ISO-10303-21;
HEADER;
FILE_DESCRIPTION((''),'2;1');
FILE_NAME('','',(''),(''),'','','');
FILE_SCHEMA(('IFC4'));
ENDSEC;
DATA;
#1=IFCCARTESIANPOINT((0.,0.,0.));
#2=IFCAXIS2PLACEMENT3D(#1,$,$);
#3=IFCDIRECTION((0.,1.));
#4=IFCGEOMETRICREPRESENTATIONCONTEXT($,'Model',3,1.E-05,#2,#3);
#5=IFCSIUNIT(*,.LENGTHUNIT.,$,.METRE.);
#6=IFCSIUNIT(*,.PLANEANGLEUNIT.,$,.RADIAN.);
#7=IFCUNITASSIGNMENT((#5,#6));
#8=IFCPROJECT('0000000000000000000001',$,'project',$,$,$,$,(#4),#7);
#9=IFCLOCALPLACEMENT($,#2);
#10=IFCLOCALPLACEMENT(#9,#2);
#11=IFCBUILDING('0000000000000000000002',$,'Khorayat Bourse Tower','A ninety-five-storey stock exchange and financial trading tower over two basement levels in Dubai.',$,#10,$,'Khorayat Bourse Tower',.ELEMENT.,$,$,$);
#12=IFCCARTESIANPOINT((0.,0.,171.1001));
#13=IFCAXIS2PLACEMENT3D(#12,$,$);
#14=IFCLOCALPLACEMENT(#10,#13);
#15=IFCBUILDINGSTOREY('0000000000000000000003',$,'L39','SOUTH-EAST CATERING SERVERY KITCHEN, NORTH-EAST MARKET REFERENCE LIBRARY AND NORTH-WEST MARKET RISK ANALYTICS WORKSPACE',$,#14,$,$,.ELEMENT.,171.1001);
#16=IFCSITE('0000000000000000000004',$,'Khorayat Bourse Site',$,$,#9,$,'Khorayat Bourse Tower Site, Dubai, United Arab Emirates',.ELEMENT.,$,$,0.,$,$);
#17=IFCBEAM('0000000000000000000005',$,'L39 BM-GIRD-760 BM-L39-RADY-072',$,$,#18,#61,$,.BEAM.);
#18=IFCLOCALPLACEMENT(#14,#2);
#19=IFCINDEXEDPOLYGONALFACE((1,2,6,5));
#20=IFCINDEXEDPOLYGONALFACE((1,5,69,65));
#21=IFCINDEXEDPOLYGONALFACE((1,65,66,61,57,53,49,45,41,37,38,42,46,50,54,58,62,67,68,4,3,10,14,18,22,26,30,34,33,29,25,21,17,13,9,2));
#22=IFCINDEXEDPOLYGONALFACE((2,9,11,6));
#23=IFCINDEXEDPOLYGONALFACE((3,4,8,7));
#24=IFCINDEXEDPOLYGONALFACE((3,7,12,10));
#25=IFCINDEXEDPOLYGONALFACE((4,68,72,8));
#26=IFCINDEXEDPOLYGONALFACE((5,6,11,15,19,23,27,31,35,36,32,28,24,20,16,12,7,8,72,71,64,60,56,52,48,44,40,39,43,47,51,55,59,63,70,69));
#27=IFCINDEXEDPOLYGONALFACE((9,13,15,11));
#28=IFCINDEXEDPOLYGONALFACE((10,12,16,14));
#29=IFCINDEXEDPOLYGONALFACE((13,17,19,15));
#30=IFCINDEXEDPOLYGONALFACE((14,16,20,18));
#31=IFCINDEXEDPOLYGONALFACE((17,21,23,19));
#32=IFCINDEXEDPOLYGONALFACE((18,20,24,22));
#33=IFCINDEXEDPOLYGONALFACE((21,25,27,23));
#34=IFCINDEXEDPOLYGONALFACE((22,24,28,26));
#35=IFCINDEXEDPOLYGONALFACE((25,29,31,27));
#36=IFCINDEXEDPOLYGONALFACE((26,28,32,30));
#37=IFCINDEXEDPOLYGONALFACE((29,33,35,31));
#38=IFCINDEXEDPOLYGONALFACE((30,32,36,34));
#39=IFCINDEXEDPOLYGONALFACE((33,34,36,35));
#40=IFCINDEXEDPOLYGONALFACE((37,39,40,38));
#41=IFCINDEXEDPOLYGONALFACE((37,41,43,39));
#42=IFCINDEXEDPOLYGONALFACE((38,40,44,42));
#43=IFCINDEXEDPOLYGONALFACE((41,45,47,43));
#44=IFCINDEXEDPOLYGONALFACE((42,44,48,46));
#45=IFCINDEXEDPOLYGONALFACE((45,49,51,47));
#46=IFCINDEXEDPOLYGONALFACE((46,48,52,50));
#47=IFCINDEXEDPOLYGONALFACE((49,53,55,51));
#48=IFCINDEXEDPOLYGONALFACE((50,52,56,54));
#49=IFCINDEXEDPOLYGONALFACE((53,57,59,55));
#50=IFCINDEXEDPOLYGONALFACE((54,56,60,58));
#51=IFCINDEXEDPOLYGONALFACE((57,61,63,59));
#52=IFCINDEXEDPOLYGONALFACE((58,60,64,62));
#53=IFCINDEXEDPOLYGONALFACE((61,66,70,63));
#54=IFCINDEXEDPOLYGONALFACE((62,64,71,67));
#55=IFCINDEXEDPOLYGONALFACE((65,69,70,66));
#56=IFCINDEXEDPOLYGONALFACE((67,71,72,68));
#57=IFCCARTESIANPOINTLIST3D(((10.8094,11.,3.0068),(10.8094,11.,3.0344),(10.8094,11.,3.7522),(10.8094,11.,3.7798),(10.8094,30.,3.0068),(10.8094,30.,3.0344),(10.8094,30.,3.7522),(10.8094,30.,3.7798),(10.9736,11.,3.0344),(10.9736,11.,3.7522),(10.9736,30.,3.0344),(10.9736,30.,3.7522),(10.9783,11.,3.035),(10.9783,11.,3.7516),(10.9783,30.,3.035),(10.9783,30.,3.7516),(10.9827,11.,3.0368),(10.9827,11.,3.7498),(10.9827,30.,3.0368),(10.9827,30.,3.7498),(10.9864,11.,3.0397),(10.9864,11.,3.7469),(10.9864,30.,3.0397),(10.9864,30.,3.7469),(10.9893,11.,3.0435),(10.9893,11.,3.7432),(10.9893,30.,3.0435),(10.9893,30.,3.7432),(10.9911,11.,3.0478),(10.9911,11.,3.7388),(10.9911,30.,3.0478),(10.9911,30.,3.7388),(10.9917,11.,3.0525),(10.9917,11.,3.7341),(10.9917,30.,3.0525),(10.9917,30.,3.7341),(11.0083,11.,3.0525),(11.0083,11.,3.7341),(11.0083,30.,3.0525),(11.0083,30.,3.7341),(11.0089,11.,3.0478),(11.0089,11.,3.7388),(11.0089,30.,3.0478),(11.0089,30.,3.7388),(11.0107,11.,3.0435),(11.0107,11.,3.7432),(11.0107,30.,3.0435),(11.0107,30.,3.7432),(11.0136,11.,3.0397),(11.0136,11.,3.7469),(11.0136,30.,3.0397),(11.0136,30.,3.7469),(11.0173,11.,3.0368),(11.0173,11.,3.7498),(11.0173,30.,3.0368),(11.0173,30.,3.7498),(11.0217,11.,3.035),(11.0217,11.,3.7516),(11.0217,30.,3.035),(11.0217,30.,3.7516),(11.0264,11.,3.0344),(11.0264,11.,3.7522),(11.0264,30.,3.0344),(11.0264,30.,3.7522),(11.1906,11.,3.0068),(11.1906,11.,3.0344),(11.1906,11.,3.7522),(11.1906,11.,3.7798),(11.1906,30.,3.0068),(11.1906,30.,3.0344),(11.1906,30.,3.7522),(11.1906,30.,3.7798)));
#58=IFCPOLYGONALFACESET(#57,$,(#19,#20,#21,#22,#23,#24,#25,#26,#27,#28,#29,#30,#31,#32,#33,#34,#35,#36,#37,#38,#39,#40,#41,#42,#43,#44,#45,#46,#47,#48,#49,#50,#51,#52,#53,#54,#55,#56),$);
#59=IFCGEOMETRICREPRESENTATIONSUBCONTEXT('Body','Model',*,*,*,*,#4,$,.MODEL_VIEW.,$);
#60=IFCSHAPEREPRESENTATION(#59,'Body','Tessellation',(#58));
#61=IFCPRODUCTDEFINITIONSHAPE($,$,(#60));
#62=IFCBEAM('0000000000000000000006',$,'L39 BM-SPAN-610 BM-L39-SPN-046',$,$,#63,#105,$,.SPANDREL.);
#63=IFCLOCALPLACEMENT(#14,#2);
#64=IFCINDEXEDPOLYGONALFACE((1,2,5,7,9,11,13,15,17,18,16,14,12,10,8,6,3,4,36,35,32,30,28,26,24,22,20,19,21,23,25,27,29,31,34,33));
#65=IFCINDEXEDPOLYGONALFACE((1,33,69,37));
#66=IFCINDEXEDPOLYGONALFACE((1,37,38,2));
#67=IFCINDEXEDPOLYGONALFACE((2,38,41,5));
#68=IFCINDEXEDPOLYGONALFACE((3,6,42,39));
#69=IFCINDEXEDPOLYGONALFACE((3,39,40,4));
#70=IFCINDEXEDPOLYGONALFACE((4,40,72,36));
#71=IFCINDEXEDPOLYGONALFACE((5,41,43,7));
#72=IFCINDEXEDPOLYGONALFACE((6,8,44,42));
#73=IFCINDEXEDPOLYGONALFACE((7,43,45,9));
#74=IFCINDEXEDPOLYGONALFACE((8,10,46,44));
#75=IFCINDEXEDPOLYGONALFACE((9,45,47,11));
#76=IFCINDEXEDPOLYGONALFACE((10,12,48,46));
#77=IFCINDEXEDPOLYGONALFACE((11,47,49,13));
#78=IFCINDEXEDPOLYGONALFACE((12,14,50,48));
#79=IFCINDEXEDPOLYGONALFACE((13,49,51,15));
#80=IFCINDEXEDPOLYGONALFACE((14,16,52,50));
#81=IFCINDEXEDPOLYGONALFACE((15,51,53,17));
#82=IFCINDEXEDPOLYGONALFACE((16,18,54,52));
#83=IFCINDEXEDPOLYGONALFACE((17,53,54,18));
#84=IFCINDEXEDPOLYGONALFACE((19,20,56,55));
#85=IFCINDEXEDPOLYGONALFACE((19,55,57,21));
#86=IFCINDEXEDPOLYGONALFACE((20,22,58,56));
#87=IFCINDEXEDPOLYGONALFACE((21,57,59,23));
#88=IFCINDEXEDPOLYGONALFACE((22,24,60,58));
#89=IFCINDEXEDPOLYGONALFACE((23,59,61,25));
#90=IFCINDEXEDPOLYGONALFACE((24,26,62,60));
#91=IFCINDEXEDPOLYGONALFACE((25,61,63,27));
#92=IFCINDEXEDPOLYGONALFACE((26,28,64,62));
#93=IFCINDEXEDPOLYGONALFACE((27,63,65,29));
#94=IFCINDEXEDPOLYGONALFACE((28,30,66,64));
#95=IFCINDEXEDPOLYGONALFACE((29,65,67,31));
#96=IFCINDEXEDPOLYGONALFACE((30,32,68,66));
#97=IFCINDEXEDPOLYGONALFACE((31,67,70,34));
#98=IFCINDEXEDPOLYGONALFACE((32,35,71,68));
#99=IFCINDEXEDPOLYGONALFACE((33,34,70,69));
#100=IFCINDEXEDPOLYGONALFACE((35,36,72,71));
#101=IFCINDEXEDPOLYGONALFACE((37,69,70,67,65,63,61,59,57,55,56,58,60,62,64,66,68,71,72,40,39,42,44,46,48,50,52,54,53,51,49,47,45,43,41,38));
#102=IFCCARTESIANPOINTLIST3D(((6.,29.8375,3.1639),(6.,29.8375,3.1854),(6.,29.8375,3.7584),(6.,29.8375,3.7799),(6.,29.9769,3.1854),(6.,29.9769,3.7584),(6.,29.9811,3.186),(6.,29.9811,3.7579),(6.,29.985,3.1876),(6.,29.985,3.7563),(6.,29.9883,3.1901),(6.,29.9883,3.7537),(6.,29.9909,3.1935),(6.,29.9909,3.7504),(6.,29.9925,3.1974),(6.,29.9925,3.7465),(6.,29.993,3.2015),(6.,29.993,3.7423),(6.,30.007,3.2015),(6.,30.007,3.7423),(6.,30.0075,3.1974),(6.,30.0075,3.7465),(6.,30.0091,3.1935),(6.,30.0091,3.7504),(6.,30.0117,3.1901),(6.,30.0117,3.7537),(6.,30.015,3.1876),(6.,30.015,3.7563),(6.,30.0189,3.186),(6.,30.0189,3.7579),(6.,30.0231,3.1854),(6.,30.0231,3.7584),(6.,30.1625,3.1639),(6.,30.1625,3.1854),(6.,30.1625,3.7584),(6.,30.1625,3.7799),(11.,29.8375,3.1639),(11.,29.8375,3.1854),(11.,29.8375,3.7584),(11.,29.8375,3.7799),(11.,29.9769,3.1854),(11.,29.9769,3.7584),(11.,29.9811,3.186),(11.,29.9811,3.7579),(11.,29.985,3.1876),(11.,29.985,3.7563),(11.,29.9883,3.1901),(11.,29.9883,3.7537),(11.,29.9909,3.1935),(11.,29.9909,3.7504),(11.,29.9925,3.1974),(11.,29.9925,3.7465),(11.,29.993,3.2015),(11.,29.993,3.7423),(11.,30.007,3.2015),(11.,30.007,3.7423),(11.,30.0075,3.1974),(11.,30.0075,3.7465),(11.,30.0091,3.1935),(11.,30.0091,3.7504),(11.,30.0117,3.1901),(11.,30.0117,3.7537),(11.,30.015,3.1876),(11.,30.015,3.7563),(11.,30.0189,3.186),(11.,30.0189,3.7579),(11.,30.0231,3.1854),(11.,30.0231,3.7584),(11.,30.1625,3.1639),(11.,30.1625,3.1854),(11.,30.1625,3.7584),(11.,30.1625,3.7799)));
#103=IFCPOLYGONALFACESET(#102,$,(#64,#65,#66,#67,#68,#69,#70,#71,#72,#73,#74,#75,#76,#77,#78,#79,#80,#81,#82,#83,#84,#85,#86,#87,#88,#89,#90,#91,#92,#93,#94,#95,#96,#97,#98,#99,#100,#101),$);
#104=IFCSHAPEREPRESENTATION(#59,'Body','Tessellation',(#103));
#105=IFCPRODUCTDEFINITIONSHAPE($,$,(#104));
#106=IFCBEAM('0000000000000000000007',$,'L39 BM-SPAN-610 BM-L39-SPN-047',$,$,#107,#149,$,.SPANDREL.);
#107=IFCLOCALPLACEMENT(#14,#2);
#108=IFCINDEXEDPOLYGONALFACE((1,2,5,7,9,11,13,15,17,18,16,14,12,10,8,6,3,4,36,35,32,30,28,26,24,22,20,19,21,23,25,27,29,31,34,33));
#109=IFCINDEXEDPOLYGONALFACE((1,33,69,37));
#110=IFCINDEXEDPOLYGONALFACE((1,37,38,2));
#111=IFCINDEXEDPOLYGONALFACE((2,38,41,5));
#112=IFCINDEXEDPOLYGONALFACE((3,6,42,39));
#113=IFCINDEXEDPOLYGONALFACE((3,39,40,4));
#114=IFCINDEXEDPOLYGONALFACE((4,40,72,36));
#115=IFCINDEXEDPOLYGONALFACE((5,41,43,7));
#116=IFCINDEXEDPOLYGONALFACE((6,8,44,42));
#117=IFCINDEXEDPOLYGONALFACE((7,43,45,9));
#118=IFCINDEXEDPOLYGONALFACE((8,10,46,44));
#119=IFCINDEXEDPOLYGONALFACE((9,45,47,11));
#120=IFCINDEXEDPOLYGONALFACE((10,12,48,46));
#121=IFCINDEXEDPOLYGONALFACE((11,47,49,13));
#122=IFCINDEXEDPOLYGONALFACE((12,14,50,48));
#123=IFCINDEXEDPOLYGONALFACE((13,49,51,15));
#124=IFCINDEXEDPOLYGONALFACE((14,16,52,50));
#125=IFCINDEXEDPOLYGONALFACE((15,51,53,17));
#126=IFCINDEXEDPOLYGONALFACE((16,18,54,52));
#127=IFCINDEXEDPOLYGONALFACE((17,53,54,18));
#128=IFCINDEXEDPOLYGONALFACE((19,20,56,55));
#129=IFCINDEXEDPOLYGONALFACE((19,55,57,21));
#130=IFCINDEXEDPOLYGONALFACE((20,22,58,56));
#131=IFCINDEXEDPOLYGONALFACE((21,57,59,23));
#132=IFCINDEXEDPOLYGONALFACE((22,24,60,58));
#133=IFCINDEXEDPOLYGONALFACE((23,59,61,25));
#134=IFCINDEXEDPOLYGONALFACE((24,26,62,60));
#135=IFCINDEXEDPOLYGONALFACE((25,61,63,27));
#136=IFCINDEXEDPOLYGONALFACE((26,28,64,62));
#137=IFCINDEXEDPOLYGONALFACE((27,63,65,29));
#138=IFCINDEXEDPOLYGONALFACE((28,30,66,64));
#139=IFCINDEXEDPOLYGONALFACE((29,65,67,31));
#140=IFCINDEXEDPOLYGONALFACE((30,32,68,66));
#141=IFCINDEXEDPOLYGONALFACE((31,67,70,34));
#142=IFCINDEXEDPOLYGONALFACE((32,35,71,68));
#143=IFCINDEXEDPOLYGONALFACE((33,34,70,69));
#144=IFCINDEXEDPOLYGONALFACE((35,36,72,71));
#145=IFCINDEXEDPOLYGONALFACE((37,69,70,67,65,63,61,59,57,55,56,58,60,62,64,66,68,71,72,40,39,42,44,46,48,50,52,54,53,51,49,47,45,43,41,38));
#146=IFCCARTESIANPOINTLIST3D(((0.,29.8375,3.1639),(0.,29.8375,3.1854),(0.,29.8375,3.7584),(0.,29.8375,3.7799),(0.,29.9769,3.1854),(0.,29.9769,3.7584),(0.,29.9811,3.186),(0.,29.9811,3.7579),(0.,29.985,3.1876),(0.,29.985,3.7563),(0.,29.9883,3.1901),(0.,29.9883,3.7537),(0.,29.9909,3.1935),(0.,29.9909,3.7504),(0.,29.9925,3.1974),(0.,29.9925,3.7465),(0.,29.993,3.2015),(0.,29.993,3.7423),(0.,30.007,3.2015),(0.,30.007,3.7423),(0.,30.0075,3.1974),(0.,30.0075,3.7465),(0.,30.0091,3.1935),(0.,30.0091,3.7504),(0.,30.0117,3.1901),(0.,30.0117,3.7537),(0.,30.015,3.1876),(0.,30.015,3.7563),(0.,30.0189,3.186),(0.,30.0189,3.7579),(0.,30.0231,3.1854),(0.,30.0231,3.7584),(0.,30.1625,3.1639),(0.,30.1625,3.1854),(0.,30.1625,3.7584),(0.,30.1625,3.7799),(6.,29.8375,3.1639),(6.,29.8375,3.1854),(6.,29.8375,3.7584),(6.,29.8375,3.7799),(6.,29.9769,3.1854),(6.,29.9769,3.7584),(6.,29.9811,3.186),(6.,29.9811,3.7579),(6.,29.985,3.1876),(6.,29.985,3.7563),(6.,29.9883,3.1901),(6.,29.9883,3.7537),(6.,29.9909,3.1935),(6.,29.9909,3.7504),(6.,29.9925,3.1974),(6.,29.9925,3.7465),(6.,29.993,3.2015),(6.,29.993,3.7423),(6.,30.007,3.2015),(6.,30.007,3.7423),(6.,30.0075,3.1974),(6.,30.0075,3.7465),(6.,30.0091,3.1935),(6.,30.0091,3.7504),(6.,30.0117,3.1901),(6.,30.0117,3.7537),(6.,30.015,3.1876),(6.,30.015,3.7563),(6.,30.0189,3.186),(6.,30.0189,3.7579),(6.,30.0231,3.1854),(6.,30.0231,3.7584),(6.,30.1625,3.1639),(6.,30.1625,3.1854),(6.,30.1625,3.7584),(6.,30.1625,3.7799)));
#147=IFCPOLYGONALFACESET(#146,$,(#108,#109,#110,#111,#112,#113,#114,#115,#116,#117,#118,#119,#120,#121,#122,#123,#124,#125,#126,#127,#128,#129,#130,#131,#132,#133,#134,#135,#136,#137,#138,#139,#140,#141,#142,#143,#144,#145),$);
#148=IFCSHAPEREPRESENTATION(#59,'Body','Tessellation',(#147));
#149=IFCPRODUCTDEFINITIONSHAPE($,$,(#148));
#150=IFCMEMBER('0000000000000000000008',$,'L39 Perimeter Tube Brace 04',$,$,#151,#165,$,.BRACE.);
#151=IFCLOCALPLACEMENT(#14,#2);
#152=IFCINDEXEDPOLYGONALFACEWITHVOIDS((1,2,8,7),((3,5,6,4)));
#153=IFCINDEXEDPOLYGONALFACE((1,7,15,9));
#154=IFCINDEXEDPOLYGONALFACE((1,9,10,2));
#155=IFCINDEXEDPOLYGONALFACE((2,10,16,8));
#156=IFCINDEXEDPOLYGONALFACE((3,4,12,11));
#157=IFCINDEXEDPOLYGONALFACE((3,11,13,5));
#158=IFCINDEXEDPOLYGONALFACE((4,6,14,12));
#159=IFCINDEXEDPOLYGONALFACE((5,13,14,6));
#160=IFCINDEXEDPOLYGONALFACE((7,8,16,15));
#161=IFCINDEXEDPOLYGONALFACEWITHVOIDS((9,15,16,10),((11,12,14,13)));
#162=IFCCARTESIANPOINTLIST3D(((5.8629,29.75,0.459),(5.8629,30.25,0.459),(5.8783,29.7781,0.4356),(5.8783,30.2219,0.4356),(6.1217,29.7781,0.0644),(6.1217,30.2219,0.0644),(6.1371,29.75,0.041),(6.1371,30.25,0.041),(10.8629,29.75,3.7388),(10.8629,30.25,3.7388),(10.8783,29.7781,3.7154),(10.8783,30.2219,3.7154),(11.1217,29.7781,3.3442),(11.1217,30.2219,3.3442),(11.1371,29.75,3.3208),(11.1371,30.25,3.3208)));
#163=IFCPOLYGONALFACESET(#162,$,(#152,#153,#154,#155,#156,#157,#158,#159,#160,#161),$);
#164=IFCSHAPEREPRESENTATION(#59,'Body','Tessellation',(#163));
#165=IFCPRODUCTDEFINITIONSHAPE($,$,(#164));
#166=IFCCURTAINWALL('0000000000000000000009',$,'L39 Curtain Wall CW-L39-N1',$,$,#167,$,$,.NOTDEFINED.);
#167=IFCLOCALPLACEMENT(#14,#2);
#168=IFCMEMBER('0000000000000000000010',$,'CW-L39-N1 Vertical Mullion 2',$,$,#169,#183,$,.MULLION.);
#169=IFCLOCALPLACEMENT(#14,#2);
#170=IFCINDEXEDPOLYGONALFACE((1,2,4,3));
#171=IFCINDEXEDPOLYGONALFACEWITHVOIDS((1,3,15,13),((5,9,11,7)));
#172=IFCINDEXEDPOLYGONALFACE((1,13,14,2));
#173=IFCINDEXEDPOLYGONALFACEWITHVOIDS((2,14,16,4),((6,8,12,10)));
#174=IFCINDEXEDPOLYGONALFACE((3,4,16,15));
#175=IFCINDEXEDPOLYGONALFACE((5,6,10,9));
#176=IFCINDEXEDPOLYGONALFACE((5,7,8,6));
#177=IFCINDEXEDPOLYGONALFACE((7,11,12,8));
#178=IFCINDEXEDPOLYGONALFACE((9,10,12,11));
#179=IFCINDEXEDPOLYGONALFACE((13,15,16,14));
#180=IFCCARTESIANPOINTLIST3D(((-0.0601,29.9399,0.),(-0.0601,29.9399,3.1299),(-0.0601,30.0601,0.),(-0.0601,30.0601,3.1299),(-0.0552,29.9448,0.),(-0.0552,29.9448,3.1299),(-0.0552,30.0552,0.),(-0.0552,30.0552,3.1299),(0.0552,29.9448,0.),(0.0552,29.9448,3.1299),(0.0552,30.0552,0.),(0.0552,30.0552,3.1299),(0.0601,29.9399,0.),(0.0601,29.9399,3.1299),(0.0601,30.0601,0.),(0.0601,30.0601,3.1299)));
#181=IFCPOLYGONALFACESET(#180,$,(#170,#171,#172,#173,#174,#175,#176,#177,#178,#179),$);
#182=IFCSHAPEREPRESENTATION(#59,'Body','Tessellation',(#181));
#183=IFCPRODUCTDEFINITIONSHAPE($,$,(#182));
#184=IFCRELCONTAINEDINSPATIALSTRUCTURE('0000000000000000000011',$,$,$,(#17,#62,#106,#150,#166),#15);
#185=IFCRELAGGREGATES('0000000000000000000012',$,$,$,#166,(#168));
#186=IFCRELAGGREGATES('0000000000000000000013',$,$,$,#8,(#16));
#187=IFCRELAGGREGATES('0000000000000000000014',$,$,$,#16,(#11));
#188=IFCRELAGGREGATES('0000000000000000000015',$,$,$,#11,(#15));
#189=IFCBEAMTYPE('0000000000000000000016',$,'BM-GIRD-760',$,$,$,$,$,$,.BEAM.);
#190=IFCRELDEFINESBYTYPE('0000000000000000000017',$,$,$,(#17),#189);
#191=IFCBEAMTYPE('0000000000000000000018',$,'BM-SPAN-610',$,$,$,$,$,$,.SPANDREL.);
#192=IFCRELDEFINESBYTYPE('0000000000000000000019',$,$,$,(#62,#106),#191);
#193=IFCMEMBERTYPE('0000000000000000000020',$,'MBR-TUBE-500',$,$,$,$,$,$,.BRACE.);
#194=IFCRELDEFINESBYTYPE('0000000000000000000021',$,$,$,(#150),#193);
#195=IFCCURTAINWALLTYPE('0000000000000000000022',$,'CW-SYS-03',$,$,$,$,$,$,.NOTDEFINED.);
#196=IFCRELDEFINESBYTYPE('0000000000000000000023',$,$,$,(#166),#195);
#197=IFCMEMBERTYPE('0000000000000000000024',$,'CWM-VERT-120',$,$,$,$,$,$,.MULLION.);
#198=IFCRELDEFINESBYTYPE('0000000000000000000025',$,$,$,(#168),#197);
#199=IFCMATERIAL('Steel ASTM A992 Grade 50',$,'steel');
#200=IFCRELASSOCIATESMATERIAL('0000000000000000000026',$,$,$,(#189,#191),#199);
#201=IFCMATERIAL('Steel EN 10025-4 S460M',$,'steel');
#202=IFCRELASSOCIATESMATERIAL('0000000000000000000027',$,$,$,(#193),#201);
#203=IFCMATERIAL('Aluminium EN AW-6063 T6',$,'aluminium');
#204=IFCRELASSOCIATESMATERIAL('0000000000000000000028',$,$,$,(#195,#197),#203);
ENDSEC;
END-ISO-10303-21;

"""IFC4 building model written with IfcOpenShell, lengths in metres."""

from ifc_helpers import new_model, si_unit, direction, frame, origin, origin_2d, place, context, subcontext, project, spatial, hollow_rectangle, i_section, extrude, source, transform, mapped, material, material_profile, profile_set, type_object, element, aggregate, save


model = new_model("IFC4")

# Units and contexts
model_context = context("Model", 3, precision=1e-05, world=origin(), true_north=direction((0.0, 1.0)))
body_context = subcontext(model_context, "Body", "Model", "MODEL_VIEW")
ifc_project = project(units=[si_unit("LENGTHUNIT", "METRE"), si_unit("PLANEANGLEUNIT", "RADIAN")], contexts=[model_context])

# Site, building, storey
site_placement = place(None, origin())
site = spatial("IfcSite", under=ifc_project, at=site_placement, Name="Khorayat Bourse Site", LongName="Khorayat Bourse Tower Site, Dubai, United Arab Emirates", CompositionType="ELEMENT", RefElevation=0.0)
building_placement = place(site_placement, origin())
building = spatial("IfcBuilding", under=site, at=building_placement, Name="Khorayat Bourse Tower", Description="A ninety-five-storey stock exchange and financial trading tower over two basement levels in Dubai.", LongName="Khorayat Bourse Tower", CompositionType="ELEMENT")
storey_placement = place(building_placement, frame((0.0, 0.0, 171.1001)))
storey = spatial("IfcBuildingStorey", under=building, at=storey_placement, Name="L39", Description="SOUTH-EAST CATERING SERVERY KITCHEN, NORTH-EAST MARKET REFERENCE LIBRARY AND NORTH-WEST MARKET RISK ANALYTICS WORKSPACE", CompositionType="ELEMENT", Elevation=171.1001)

# Shared definitions
ifc_material_1 = material(Name="Steel EN 10025-4 S460M", Category="steel")

# Beams
ifc_material_2 = material(Name="Steel ASTM A992 Grade 50", Category="steel")
ifc_material_profile_1 = material_profile(ifc_material_2, i_section(OverallWidth=0.3811, OverallDepth=0.7729, WebThickness=0.0166, FlangeThickness=0.0276, FilletRadius=0.0181, at=origin_2d()), Name="W760X257")
ifc_profile_set_1 = profile_set([ifc_material_profile_1], Name="Steel ASTM A992 Grade 50")
beam_type_1 = type_object("IfcBeamType", Name="BM-GIRD-760", PredefinedType="BEAM", material=ifc_profile_set_1)
shared_shape_1 = source(origin(), body_context, "Body", "SweptSolid", [
    extrude(i_section(OverallWidth=0.3811, OverallDepth=0.7729, WebThickness=0.0166, FlangeThickness=0.0276, FilletRadius=0.0181, at=origin_2d()), origin(), (0.0, 0.0, 1.0), 19.0),
])
for number, where, z_axis, x_axis, name in (
    (1, (11.0, 11.0, 3.3933), (0.0, 1.0, 0.0), (-1.0, 0.0, 0.0), "L39 BM-GIRD-760 BM-L39-RADY-072"),
):
    element("IfcBeam", number, at=place(storey_placement, frame(where, z_axis=z_axis, x_axis=x_axis)), inside=storey, type_object=beam_type_1, Name=name, PredefinedType="BEAM", context=body_context, shape_type="MappedRepresentation", body=[
        mapped(shared_shape_1, transform((0.0, 0.0, 0.0), scale=1.0)),
    ])
ifc_material_profile_2 = material_profile(ifc_material_2, i_section(OverallWidth=0.325, OverallDepth=0.616, WebThickness=0.0139, FlangeThickness=0.0215, FilletRadius=0.0161, at=origin_2d()), Name="W610X174")
ifc_profile_set_2 = profile_set([ifc_material_profile_2], Name="Steel ASTM A992 Grade 50")
beam_type_2 = type_object("IfcBeamType", Name="BM-SPAN-610", PredefinedType="SPANDREL", material=ifc_profile_set_2)
shared_shape_2 = source(origin(), body_context, "Body", "SweptSolid", [
    extrude(i_section(OverallWidth=0.325, OverallDepth=0.616, WebThickness=0.0139, FlangeThickness=0.0215, FilletRadius=0.0161, at=origin_2d()), origin(), (0.0, 0.0, 1.0), 5.0),
])
beam_1_placement = place(storey_placement, frame((6.0, 30.0, 3.4719), z_axis=(1.0, 0.0, 0.0), x_axis=(0.0, 1.0, 0.0)))
element("IfcBeam", 2, at=beam_1_placement, inside=storey, type_object=beam_type_2, Name="L39 BM-SPAN-610 BM-L39-SPN-046", PredefinedType="SPANDREL", context=body_context, shape_type="MappedRepresentation", body=[
    mapped(shared_shape_2, transform((0.0, 0.0, 0.0), scale=1.0)),
])
shared_shape_3 = source(origin(), body_context, "Body", "SweptSolid", [
    extrude(i_section(OverallWidth=0.325, OverallDepth=0.616, WebThickness=0.0139, FlangeThickness=0.0215, FilletRadius=0.0161, at=origin_2d()), origin(), (0.0, 0.0, 1.0), 6.0),
])
beam_2_placement = place(storey_placement, frame((0.0, 30.0, 3.4719), z_axis=(1.0, 0.0, 0.0), x_axis=(0.0, 1.0, 0.0)))
element("IfcBeam", 3, at=beam_2_placement, inside=storey, type_object=beam_type_2, Name="L39 BM-SPAN-610 BM-L39-SPN-047", PredefinedType="SPANDREL", context=body_context, shape_type="MappedRepresentation", body=[
    mapped(shared_shape_3, transform((0.0, 0.0, 0.0), scale=1.0)),
])

# Member
ifc_material_profile_3 = material_profile(ifc_material_1, hollow_rectangle(XDim=0.5, YDim=0.5, WallThickness=0.0281, at=origin_2d()), Name="HSS 500x500x28")
ifc_profile_set_3 = profile_set([ifc_material_profile_3], Name="Steel EN 10025-4 S460M")
member_type_1 = type_object("IfcMemberType", Name="MBR-TUBE-500", PredefinedType="BRACE", material=ifc_profile_set_3)
shared_shape_4 = source(origin(), body_context, "Body", "SweptSolid", [
    extrude(hollow_rectangle(XDim=0.5, YDim=0.5, WallThickness=0.0281, at=origin_2d()), origin(), (0.0, 0.0, 1.0), 5.9797),
])
member_1_placement = place(storey_placement, frame((6.0, 30.0, 0.25), z_axis=(0.83616, 0.0, 0.548485), x_axis=(0.0, 1.0, 0.0)))
element("IfcMember", 4, at=member_1_placement, inside=storey, type_object=member_type_1, Name="L39 Perimeter Tube Brace 04", PredefinedType="BRACE", context=body_context, shape_type="MappedRepresentation", body=[
    mapped(shared_shape_4, transform((0.0, 0.0, 0.0), scale=1.0)),
])

# Curtain wall, member
ifc_material_3 = material(Name="Aluminium EN AW-6063 T6", Category="aluminium")
curtain_wall_type = type_object("IfcCurtainWallType", Name="CW-SYS-03", PredefinedType="NOTDEFINED", material=ifc_material_3)
curtain_wall_placement = place(storey_placement, origin())
curtain_wall = element("IfcCurtainWall", 5, at=curtain_wall_placement, inside=storey, type_object=curtain_wall_type, Name="L39 Curtain Wall CW-L39-N1", PredefinedType="NOTDEFINED")
ifc_material_profile_4 = material_profile(ifc_material_3, hollow_rectangle(XDim=0.1201, YDim=0.1201, WallThickness=0.0049, at=origin_2d()), Name="ALU 120x120x5")
ifc_profile_set_4 = profile_set([ifc_material_profile_4], Name="Aluminium EN AW-6063 T6")
member_type_2 = type_object("IfcMemberType", Name="CWM-VERT-120", PredefinedType="MULLION", material=ifc_profile_set_4)
shared_shape_5 = source(origin(), body_context, "Body", "SweptSolid", [
    extrude(hollow_rectangle(XDim=0.1201, YDim=0.1201, WallThickness=0.0049, at=origin_2d()), origin(), (0.0, 0.0, 1.0), 3.1299),
])
member_2_placement = place(storey_placement, frame((0.0, 30.0, 0.0), z_axis=(0.0, 0.0, 1.0), x_axis=(0.0, 1.0, 0.0)))
member_2 = element("IfcMember", 6, at=member_2_placement, type_object=member_type_2, Name="CW-L39-N1 Vertical Mullion 2", PredefinedType="MULLION", context=body_context, shape_type="MappedRepresentation", body=[
    mapped(shared_shape_5, transform((0.0, 0.0, 0.0), scale=1.0)),
])
aggregate(curtain_wall, [member_2])

save(model, "model.ifc")
